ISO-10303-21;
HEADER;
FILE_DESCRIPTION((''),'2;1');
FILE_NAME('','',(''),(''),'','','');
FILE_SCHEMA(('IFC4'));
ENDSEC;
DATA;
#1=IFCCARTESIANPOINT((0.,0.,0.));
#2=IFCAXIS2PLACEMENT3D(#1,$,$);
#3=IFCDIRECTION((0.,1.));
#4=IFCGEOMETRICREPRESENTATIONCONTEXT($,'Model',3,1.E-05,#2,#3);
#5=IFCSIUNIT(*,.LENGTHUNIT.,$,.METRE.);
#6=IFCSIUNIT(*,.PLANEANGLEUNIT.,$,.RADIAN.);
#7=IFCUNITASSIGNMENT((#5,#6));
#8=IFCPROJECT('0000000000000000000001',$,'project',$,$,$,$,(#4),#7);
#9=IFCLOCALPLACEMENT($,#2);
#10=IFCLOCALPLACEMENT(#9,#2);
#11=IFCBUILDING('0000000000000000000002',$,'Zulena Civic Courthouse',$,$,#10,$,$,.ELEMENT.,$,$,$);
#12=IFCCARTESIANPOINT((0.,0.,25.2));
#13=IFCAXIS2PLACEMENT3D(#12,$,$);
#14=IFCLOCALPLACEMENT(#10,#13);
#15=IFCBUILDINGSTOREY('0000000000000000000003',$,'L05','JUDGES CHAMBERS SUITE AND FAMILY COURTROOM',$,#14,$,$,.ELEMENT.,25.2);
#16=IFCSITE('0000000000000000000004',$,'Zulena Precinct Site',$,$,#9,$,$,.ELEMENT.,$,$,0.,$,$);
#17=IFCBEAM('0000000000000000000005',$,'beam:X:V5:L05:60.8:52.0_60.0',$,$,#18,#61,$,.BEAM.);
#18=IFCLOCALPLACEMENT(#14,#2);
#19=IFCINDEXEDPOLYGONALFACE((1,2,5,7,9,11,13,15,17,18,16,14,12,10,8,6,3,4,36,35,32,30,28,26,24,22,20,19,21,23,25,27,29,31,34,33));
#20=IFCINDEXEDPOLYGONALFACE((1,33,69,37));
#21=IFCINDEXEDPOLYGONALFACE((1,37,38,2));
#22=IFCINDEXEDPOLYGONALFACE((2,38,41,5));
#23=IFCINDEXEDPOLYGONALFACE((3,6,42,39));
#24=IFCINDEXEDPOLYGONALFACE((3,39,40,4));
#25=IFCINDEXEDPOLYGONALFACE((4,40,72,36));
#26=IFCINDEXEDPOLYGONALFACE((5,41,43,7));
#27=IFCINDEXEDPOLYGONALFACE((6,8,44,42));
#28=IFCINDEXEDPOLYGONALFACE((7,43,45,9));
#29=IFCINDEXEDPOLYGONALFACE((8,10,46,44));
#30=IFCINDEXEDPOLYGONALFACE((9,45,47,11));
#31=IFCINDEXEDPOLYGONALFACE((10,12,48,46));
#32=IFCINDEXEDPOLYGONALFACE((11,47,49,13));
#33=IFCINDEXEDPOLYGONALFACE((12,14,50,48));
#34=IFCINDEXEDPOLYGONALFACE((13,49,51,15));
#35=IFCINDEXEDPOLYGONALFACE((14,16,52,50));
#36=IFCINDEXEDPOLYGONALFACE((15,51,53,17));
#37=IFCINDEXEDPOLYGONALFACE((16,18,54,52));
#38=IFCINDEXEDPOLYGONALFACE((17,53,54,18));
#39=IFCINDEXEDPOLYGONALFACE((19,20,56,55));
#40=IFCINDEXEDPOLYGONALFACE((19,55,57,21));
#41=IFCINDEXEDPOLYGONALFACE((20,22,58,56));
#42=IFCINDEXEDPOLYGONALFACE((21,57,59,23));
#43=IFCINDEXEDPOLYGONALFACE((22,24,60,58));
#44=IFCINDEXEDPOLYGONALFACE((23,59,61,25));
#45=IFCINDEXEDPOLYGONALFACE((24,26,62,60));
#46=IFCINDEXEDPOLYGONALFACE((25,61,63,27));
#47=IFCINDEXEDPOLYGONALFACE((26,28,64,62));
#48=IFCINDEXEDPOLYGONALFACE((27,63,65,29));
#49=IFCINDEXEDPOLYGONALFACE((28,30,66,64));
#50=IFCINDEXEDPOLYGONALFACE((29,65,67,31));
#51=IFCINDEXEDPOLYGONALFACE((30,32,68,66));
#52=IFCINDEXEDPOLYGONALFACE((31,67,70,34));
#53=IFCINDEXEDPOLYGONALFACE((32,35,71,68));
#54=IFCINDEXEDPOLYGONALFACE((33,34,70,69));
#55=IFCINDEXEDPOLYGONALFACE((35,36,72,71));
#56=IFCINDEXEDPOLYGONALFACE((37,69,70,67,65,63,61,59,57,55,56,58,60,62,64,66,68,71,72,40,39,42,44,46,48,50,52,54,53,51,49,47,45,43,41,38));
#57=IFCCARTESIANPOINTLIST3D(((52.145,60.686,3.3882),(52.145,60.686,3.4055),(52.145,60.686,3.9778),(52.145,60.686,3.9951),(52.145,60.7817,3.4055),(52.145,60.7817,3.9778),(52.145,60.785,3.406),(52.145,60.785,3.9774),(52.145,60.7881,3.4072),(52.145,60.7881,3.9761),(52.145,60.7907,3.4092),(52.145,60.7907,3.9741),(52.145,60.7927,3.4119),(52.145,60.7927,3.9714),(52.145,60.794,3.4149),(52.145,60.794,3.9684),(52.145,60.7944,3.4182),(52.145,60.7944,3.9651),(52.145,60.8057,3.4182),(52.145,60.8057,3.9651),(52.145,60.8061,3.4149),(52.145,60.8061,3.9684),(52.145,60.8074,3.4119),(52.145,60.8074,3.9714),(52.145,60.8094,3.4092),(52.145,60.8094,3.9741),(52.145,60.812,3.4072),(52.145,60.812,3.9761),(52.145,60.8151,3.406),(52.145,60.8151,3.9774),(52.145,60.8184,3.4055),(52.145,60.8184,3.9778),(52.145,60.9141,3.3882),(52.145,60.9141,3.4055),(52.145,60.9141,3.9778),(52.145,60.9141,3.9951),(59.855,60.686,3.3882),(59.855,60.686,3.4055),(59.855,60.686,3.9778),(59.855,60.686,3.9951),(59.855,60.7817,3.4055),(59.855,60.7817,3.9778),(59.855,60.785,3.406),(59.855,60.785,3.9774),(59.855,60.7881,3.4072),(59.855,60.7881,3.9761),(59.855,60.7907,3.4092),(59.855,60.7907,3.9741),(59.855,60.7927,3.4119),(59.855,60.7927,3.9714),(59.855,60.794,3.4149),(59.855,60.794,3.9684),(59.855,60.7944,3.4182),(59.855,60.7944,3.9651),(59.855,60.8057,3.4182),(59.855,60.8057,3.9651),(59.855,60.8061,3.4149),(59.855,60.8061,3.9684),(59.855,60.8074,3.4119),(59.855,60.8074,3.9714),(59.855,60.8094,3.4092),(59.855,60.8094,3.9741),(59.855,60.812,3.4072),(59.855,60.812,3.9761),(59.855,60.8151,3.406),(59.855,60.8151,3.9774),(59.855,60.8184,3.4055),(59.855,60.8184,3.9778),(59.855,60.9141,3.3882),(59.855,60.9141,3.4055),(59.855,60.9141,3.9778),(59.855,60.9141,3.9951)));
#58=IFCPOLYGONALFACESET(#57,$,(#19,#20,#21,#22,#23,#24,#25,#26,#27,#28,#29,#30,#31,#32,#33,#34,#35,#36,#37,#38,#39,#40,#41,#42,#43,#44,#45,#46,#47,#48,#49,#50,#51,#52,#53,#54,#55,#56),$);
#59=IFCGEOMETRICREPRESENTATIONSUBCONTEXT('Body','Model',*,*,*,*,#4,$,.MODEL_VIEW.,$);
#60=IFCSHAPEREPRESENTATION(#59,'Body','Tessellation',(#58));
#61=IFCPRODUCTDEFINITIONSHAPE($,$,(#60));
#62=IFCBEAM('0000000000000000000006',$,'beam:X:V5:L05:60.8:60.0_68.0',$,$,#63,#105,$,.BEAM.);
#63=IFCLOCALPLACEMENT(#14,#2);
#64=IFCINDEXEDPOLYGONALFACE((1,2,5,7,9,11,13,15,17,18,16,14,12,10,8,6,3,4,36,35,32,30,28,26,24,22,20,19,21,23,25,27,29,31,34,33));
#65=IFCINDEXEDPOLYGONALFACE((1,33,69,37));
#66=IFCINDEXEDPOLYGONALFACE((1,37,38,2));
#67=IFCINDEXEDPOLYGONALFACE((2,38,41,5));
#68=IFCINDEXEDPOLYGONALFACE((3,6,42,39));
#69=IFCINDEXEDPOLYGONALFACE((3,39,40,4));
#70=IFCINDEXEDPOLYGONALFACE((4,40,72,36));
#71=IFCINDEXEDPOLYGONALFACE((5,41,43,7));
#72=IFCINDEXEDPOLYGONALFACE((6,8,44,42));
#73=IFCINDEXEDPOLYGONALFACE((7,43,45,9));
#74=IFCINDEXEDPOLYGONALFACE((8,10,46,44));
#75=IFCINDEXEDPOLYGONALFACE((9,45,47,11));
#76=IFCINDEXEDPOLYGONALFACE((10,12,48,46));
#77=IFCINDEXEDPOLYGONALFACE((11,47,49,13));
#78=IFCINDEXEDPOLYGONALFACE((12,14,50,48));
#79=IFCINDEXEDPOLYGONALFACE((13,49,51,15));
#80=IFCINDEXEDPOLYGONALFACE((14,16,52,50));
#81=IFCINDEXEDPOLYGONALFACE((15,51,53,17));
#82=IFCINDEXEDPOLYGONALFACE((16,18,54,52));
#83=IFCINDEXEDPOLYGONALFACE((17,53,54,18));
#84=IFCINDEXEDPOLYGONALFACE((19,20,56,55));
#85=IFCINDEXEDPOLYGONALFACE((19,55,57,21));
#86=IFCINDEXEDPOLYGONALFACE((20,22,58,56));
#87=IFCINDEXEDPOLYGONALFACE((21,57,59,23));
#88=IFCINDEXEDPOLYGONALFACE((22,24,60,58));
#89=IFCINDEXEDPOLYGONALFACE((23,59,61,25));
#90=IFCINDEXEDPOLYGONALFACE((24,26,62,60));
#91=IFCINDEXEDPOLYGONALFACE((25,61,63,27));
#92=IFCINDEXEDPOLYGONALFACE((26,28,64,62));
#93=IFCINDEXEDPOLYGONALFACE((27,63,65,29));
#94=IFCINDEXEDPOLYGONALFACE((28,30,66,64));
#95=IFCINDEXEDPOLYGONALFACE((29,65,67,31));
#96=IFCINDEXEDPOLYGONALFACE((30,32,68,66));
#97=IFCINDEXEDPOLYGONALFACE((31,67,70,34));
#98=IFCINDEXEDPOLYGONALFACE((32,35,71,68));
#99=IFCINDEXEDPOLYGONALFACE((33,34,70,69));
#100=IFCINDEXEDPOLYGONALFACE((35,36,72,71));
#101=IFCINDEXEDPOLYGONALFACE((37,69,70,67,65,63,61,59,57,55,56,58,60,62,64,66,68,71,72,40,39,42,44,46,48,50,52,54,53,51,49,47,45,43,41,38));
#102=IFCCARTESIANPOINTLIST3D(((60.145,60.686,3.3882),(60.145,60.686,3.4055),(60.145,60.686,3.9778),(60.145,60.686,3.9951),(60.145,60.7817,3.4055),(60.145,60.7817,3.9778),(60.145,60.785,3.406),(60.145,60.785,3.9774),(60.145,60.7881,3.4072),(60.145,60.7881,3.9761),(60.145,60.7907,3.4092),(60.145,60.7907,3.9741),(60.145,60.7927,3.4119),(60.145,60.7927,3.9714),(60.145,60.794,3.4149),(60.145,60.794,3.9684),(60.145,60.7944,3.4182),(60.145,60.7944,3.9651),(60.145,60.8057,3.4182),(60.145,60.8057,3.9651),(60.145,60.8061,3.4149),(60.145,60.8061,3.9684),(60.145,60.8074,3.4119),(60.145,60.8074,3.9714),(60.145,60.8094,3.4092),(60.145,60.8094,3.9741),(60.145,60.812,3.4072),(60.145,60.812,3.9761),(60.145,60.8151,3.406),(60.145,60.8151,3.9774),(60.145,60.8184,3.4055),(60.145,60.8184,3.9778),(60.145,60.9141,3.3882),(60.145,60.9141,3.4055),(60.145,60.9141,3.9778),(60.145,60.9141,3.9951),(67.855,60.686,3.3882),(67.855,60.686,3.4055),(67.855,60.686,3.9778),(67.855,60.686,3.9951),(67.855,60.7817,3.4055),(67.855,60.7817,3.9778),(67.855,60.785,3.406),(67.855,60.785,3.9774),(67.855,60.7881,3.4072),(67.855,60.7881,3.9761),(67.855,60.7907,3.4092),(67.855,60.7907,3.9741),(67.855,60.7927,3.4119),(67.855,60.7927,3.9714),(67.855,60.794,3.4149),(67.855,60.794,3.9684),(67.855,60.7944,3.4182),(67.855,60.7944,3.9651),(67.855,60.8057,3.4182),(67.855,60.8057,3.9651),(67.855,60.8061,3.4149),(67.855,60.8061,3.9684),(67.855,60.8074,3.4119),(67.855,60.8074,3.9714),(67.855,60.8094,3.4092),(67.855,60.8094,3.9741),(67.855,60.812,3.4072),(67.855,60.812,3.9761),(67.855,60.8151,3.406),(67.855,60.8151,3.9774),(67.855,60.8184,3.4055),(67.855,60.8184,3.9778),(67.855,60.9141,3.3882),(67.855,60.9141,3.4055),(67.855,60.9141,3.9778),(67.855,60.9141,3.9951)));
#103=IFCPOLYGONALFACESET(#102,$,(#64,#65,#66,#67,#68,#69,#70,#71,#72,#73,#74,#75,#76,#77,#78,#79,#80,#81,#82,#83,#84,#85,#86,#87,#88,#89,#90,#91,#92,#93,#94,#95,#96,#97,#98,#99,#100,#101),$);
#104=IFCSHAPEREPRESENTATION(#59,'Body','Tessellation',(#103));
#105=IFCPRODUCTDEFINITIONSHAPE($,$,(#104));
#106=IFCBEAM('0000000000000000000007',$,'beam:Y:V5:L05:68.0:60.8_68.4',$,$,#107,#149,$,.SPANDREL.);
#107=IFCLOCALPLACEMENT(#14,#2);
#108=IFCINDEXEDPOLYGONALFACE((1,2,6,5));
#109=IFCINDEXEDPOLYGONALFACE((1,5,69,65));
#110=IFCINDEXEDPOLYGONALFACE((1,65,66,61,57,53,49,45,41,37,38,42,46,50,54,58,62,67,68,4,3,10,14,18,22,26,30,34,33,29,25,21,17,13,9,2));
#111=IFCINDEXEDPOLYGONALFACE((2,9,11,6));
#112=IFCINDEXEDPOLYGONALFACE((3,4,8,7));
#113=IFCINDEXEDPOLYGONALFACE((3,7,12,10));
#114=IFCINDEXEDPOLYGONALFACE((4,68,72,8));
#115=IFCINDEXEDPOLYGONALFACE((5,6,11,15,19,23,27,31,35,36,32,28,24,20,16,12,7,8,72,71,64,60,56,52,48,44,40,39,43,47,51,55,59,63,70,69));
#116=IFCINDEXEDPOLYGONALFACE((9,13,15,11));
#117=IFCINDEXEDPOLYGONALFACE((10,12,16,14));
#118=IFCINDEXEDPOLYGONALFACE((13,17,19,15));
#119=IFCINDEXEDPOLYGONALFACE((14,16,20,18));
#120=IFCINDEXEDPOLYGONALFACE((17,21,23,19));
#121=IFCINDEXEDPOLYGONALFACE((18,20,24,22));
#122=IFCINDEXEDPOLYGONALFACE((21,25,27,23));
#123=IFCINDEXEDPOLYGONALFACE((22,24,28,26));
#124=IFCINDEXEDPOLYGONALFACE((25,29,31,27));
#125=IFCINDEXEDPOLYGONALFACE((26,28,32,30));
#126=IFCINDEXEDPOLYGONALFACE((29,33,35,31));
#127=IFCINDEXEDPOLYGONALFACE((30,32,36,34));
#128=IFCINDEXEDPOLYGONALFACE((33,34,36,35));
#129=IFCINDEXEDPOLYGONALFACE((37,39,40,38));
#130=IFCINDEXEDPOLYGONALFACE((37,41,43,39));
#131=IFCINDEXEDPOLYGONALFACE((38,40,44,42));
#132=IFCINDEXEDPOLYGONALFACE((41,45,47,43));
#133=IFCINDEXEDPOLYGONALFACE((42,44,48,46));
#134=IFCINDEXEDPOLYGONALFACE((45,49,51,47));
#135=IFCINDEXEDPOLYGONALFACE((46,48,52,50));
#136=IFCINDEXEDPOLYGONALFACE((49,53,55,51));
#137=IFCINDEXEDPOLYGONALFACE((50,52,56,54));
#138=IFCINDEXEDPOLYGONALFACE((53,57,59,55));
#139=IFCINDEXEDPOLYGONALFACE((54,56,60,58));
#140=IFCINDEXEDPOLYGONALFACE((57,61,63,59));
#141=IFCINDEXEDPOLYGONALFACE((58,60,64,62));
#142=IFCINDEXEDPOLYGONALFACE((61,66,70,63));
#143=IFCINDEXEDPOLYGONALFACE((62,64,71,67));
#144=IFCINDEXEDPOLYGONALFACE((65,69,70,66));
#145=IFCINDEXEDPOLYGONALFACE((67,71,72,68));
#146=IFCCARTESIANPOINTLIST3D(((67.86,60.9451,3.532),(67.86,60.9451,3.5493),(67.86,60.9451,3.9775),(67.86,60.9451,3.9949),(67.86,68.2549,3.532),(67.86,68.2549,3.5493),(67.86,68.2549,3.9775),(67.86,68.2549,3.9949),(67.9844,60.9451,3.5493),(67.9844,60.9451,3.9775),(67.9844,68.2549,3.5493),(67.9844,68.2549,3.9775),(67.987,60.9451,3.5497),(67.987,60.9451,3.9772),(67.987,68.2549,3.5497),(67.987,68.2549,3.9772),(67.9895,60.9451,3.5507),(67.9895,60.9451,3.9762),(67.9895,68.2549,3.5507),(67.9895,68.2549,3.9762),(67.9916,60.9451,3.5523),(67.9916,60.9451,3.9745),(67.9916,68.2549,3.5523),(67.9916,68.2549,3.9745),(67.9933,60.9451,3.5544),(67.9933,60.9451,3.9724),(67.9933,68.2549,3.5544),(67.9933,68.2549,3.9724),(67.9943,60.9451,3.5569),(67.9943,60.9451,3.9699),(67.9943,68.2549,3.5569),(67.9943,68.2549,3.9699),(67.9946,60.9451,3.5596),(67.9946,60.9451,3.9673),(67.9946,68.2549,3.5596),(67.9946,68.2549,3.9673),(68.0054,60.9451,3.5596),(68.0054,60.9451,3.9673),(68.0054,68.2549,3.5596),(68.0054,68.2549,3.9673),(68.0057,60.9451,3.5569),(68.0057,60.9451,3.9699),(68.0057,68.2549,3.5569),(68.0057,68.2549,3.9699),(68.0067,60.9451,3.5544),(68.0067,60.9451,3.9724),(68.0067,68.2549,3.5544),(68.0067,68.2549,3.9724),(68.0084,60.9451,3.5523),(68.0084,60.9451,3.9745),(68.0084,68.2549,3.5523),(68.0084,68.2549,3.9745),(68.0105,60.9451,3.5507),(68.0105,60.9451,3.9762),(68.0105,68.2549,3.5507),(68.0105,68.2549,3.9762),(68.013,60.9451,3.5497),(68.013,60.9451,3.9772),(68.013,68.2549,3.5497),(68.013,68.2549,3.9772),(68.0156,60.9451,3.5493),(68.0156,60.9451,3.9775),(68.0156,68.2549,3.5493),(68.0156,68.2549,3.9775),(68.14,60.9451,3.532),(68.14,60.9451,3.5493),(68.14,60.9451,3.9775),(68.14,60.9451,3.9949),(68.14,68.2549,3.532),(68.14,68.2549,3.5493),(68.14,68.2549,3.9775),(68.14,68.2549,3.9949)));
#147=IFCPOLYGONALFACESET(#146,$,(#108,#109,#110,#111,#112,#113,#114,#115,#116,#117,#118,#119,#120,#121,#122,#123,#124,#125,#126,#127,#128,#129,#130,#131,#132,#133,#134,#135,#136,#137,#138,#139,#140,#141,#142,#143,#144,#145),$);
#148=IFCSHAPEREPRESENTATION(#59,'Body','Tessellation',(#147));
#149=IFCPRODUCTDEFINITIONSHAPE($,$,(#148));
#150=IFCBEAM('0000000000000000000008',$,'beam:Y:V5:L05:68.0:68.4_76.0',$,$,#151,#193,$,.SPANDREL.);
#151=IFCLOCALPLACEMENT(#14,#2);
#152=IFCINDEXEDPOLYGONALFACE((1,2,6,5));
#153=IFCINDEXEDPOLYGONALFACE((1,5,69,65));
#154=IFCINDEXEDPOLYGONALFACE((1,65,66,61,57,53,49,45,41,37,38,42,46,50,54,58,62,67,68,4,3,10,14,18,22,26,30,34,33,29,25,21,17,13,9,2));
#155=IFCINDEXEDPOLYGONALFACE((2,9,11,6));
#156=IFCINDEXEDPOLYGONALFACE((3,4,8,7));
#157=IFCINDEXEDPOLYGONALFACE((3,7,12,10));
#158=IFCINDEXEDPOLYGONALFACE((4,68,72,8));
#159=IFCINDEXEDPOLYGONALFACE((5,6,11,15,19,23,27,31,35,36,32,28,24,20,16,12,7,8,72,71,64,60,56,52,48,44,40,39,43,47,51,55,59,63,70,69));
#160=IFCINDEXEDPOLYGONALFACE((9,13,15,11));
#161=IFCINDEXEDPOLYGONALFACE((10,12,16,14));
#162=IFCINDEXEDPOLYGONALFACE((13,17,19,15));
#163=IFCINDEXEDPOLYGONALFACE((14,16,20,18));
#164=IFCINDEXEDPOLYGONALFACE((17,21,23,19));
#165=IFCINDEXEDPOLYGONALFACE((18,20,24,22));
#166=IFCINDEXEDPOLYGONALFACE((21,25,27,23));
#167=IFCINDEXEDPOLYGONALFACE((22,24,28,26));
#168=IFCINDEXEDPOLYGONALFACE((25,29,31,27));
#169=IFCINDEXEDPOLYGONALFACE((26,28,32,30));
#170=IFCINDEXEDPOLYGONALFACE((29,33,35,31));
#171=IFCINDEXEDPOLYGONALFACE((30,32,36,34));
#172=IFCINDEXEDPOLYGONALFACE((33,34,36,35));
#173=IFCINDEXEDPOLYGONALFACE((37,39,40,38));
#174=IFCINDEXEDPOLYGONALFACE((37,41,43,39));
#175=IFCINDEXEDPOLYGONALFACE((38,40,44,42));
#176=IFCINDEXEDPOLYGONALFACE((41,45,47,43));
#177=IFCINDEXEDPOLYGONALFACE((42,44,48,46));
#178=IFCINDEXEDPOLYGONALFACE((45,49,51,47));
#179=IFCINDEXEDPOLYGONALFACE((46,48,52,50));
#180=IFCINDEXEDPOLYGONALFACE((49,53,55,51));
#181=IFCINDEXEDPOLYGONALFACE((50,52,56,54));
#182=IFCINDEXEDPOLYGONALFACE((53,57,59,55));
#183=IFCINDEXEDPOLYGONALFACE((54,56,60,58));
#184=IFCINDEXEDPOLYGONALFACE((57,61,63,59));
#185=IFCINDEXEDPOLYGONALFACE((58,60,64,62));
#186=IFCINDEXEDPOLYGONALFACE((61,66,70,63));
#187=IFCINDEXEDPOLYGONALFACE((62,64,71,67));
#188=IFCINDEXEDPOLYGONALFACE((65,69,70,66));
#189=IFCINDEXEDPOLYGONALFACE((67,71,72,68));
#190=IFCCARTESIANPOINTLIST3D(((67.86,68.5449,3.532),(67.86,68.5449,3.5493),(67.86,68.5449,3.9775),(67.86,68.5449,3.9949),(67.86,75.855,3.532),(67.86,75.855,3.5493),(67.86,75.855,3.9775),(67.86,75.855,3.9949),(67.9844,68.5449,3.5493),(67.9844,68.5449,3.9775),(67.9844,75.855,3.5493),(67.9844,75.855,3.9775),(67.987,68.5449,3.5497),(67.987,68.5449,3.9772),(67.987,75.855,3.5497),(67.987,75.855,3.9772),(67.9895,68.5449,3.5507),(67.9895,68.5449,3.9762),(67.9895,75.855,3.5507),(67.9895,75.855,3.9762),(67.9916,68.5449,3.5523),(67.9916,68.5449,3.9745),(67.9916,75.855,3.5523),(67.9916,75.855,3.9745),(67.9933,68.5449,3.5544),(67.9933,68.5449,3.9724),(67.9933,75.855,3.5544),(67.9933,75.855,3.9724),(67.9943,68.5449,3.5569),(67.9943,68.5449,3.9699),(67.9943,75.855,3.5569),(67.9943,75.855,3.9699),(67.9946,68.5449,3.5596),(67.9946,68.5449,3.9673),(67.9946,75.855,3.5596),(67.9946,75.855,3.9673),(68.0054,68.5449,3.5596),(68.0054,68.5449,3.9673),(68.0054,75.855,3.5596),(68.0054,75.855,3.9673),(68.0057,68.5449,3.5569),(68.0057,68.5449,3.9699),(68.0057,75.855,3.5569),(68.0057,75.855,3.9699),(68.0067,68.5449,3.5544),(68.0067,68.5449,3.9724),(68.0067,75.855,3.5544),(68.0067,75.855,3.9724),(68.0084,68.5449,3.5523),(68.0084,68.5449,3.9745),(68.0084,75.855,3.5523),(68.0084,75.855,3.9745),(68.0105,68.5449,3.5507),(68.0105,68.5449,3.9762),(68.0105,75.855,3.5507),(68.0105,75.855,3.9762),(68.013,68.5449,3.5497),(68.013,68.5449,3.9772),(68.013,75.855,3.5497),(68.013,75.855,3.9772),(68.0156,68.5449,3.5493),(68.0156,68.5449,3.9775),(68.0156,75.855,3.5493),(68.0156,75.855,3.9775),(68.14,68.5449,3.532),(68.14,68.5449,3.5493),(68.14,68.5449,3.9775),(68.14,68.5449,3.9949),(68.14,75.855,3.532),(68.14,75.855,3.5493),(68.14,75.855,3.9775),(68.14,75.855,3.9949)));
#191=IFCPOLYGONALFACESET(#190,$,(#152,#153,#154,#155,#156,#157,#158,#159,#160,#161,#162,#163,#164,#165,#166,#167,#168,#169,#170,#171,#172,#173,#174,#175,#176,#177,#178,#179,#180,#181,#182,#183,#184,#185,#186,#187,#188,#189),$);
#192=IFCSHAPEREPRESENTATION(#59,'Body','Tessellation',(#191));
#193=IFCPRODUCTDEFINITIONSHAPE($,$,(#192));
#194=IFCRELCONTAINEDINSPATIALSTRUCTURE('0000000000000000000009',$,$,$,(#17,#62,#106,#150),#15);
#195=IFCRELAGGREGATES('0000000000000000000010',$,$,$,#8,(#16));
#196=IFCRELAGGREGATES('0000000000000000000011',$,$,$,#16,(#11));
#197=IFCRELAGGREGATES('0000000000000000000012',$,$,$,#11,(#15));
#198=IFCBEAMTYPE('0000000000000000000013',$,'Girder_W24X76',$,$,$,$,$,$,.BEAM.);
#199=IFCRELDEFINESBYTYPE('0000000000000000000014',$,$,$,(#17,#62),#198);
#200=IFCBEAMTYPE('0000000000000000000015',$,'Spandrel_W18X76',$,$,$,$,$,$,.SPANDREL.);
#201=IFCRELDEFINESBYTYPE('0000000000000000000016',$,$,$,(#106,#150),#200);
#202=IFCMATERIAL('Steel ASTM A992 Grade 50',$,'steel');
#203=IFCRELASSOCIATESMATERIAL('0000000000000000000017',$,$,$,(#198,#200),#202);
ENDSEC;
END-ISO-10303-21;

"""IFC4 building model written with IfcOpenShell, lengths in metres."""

from ifc_helpers import new_model, si_unit, direction, frame, origin, origin_2d, place, context, subcontext, project, spatial, i_section, extrude, material, material_profile, profile_set, type_object, element, save


model = new_model("IFC4")

# Units and contexts
model_context = context("Model", 3, precision=1e-05, world=origin(), true_north=direction((0.0, 1.0)))
body_context = subcontext(model_context, "Body", "Model", "MODEL_VIEW")
ifc_project = project(units=[si_unit("LENGTHUNIT", "METRE"), si_unit("PLANEANGLEUNIT", "RADIAN")], contexts=[model_context])

# Site, building, storey
site_placement = place(None, origin())
site = spatial("IfcSite", under=ifc_project, at=site_placement, Name="Zulena Precinct Site", CompositionType="ELEMENT", RefElevation=0.0)
building_placement = place(site_placement, origin())
building = spatial("IfcBuilding", under=site, at=building_placement, Name="Zulena Civic Courthouse", CompositionType="ELEMENT")
storey_placement = place(building_placement, frame((0.0, 0.0, 25.2)))
storey = spatial("IfcBuildingStorey", under=building, at=storey_placement, Name="L05", Description="JUDGES CHAMBERS SUITE AND FAMILY COURTROOM", CompositionType="ELEMENT", Elevation=25.2)

# Shared definitions
ifc_material_1 = material(Name="Steel ASTM A992 Grade 50", Category="steel")

# Beams
ifc_material_profile_1 = material_profile(ifc_material_1, i_section(OverallWidth=0.228, OverallDepth=0.6069, WebThickness=0.0112, FlangeThickness=0.0173, FilletRadius=0.0127, at=origin_2d()), Name="W24X76")
ifc_profile_set_1 = profile_set([ifc_material_profile_1], Name="Steel ASTM A992 Grade 50")
beam_type_1 = type_object("IfcBeamType", Name="Girder_W24X76", PredefinedType="BEAM", material=ifc_profile_set_1)
for number, where, z_axis, x_axis, name in (
    (1, (52.145, 60.8, 3.6917), (1.0, 0.0, 0.0), (0.0, 1.0, 0.0), "beam:X:V5:L05:60.8:52.0_60.0"),
    (2, (60.145, 60.8, 3.6917), (1.0, 0.0, 0.0), (0.0, 1.0, 0.0), "beam:X:V5:L05:60.8:60.0_68.0"),
):
    element("IfcBeam", number, at=place(storey_placement, frame(where, z_axis=z_axis, x_axis=x_axis)), inside=storey, type_object=beam_type_1, Name=name, PredefinedType="BEAM", context=body_context, shape_type="SweptSolid", body=[
        extrude(i_section(OverallWidth=0.228, OverallDepth=0.6069, WebThickness=0.0112, FlangeThickness=0.0173, FilletRadius=0.0127, at=origin_2d()), origin(), (0.0, 0.0, 1.0), 7.71),
    ])
ifc_material_profile_2 = material_profile(ifc_material_1, i_section(OverallWidth=0.28, OverallDepth=0.4629, WebThickness=0.0107, FlangeThickness=0.0173, FilletRadius=0.0103, at=origin_2d()), Name="W18X76")
ifc_profile_set_2 = profile_set([ifc_material_profile_2], Name="Steel ASTM A992 Grade 50")
beam_type_2 = type_object("IfcBeamType", Name="Spandrel_W18X76", PredefinedType="SPANDREL", material=ifc_profile_set_2)
beam_1_placement = place(storey_placement, frame((68.0, 60.9451, 3.7634), z_axis=(0.0, 1.0, 0.0), x_axis=(-1.0, 0.0, 0.0)))
element("IfcBeam", 3, at=beam_1_placement, inside=storey, type_object=beam_type_2, Name="beam:Y:V5:L05:68.0:60.8_68.4", PredefinedType="SPANDREL", context=body_context, shape_type="SweptSolid", body=[
    extrude(i_section(OverallWidth=0.28, OverallDepth=0.4629, WebThickness=0.0107, FlangeThickness=0.0173, FilletRadius=0.0103, at=origin_2d()), origin(), (0.0, 0.0, 1.0), 7.3098),
])
for number, where, z_axis, x_axis, name in (
    (4, (68.0, 68.5449, 3.7634), (0.0, 1.0, 0.0), (-1.0, 0.0, 0.0), "beam:Y:V5:L05:68.0:68.4_76.0"),
):
    element("IfcBeam", number, at=place(storey_placement, frame(where, z_axis=z_axis, x_axis=x_axis)), inside=storey, type_object=beam_type_2, Name=name, PredefinedType="SPANDREL", context=body_context, shape_type="SweptSolid", body=[
        extrude(i_section(OverallWidth=0.28, OverallDepth=0.4629, WebThickness=0.0107, FlangeThickness=0.0173, FilletRadius=0.0103, at=origin_2d()), origin(), (0.0, 0.0, 1.0), 7.3101),
    ])

save(model, "model.ifc")
